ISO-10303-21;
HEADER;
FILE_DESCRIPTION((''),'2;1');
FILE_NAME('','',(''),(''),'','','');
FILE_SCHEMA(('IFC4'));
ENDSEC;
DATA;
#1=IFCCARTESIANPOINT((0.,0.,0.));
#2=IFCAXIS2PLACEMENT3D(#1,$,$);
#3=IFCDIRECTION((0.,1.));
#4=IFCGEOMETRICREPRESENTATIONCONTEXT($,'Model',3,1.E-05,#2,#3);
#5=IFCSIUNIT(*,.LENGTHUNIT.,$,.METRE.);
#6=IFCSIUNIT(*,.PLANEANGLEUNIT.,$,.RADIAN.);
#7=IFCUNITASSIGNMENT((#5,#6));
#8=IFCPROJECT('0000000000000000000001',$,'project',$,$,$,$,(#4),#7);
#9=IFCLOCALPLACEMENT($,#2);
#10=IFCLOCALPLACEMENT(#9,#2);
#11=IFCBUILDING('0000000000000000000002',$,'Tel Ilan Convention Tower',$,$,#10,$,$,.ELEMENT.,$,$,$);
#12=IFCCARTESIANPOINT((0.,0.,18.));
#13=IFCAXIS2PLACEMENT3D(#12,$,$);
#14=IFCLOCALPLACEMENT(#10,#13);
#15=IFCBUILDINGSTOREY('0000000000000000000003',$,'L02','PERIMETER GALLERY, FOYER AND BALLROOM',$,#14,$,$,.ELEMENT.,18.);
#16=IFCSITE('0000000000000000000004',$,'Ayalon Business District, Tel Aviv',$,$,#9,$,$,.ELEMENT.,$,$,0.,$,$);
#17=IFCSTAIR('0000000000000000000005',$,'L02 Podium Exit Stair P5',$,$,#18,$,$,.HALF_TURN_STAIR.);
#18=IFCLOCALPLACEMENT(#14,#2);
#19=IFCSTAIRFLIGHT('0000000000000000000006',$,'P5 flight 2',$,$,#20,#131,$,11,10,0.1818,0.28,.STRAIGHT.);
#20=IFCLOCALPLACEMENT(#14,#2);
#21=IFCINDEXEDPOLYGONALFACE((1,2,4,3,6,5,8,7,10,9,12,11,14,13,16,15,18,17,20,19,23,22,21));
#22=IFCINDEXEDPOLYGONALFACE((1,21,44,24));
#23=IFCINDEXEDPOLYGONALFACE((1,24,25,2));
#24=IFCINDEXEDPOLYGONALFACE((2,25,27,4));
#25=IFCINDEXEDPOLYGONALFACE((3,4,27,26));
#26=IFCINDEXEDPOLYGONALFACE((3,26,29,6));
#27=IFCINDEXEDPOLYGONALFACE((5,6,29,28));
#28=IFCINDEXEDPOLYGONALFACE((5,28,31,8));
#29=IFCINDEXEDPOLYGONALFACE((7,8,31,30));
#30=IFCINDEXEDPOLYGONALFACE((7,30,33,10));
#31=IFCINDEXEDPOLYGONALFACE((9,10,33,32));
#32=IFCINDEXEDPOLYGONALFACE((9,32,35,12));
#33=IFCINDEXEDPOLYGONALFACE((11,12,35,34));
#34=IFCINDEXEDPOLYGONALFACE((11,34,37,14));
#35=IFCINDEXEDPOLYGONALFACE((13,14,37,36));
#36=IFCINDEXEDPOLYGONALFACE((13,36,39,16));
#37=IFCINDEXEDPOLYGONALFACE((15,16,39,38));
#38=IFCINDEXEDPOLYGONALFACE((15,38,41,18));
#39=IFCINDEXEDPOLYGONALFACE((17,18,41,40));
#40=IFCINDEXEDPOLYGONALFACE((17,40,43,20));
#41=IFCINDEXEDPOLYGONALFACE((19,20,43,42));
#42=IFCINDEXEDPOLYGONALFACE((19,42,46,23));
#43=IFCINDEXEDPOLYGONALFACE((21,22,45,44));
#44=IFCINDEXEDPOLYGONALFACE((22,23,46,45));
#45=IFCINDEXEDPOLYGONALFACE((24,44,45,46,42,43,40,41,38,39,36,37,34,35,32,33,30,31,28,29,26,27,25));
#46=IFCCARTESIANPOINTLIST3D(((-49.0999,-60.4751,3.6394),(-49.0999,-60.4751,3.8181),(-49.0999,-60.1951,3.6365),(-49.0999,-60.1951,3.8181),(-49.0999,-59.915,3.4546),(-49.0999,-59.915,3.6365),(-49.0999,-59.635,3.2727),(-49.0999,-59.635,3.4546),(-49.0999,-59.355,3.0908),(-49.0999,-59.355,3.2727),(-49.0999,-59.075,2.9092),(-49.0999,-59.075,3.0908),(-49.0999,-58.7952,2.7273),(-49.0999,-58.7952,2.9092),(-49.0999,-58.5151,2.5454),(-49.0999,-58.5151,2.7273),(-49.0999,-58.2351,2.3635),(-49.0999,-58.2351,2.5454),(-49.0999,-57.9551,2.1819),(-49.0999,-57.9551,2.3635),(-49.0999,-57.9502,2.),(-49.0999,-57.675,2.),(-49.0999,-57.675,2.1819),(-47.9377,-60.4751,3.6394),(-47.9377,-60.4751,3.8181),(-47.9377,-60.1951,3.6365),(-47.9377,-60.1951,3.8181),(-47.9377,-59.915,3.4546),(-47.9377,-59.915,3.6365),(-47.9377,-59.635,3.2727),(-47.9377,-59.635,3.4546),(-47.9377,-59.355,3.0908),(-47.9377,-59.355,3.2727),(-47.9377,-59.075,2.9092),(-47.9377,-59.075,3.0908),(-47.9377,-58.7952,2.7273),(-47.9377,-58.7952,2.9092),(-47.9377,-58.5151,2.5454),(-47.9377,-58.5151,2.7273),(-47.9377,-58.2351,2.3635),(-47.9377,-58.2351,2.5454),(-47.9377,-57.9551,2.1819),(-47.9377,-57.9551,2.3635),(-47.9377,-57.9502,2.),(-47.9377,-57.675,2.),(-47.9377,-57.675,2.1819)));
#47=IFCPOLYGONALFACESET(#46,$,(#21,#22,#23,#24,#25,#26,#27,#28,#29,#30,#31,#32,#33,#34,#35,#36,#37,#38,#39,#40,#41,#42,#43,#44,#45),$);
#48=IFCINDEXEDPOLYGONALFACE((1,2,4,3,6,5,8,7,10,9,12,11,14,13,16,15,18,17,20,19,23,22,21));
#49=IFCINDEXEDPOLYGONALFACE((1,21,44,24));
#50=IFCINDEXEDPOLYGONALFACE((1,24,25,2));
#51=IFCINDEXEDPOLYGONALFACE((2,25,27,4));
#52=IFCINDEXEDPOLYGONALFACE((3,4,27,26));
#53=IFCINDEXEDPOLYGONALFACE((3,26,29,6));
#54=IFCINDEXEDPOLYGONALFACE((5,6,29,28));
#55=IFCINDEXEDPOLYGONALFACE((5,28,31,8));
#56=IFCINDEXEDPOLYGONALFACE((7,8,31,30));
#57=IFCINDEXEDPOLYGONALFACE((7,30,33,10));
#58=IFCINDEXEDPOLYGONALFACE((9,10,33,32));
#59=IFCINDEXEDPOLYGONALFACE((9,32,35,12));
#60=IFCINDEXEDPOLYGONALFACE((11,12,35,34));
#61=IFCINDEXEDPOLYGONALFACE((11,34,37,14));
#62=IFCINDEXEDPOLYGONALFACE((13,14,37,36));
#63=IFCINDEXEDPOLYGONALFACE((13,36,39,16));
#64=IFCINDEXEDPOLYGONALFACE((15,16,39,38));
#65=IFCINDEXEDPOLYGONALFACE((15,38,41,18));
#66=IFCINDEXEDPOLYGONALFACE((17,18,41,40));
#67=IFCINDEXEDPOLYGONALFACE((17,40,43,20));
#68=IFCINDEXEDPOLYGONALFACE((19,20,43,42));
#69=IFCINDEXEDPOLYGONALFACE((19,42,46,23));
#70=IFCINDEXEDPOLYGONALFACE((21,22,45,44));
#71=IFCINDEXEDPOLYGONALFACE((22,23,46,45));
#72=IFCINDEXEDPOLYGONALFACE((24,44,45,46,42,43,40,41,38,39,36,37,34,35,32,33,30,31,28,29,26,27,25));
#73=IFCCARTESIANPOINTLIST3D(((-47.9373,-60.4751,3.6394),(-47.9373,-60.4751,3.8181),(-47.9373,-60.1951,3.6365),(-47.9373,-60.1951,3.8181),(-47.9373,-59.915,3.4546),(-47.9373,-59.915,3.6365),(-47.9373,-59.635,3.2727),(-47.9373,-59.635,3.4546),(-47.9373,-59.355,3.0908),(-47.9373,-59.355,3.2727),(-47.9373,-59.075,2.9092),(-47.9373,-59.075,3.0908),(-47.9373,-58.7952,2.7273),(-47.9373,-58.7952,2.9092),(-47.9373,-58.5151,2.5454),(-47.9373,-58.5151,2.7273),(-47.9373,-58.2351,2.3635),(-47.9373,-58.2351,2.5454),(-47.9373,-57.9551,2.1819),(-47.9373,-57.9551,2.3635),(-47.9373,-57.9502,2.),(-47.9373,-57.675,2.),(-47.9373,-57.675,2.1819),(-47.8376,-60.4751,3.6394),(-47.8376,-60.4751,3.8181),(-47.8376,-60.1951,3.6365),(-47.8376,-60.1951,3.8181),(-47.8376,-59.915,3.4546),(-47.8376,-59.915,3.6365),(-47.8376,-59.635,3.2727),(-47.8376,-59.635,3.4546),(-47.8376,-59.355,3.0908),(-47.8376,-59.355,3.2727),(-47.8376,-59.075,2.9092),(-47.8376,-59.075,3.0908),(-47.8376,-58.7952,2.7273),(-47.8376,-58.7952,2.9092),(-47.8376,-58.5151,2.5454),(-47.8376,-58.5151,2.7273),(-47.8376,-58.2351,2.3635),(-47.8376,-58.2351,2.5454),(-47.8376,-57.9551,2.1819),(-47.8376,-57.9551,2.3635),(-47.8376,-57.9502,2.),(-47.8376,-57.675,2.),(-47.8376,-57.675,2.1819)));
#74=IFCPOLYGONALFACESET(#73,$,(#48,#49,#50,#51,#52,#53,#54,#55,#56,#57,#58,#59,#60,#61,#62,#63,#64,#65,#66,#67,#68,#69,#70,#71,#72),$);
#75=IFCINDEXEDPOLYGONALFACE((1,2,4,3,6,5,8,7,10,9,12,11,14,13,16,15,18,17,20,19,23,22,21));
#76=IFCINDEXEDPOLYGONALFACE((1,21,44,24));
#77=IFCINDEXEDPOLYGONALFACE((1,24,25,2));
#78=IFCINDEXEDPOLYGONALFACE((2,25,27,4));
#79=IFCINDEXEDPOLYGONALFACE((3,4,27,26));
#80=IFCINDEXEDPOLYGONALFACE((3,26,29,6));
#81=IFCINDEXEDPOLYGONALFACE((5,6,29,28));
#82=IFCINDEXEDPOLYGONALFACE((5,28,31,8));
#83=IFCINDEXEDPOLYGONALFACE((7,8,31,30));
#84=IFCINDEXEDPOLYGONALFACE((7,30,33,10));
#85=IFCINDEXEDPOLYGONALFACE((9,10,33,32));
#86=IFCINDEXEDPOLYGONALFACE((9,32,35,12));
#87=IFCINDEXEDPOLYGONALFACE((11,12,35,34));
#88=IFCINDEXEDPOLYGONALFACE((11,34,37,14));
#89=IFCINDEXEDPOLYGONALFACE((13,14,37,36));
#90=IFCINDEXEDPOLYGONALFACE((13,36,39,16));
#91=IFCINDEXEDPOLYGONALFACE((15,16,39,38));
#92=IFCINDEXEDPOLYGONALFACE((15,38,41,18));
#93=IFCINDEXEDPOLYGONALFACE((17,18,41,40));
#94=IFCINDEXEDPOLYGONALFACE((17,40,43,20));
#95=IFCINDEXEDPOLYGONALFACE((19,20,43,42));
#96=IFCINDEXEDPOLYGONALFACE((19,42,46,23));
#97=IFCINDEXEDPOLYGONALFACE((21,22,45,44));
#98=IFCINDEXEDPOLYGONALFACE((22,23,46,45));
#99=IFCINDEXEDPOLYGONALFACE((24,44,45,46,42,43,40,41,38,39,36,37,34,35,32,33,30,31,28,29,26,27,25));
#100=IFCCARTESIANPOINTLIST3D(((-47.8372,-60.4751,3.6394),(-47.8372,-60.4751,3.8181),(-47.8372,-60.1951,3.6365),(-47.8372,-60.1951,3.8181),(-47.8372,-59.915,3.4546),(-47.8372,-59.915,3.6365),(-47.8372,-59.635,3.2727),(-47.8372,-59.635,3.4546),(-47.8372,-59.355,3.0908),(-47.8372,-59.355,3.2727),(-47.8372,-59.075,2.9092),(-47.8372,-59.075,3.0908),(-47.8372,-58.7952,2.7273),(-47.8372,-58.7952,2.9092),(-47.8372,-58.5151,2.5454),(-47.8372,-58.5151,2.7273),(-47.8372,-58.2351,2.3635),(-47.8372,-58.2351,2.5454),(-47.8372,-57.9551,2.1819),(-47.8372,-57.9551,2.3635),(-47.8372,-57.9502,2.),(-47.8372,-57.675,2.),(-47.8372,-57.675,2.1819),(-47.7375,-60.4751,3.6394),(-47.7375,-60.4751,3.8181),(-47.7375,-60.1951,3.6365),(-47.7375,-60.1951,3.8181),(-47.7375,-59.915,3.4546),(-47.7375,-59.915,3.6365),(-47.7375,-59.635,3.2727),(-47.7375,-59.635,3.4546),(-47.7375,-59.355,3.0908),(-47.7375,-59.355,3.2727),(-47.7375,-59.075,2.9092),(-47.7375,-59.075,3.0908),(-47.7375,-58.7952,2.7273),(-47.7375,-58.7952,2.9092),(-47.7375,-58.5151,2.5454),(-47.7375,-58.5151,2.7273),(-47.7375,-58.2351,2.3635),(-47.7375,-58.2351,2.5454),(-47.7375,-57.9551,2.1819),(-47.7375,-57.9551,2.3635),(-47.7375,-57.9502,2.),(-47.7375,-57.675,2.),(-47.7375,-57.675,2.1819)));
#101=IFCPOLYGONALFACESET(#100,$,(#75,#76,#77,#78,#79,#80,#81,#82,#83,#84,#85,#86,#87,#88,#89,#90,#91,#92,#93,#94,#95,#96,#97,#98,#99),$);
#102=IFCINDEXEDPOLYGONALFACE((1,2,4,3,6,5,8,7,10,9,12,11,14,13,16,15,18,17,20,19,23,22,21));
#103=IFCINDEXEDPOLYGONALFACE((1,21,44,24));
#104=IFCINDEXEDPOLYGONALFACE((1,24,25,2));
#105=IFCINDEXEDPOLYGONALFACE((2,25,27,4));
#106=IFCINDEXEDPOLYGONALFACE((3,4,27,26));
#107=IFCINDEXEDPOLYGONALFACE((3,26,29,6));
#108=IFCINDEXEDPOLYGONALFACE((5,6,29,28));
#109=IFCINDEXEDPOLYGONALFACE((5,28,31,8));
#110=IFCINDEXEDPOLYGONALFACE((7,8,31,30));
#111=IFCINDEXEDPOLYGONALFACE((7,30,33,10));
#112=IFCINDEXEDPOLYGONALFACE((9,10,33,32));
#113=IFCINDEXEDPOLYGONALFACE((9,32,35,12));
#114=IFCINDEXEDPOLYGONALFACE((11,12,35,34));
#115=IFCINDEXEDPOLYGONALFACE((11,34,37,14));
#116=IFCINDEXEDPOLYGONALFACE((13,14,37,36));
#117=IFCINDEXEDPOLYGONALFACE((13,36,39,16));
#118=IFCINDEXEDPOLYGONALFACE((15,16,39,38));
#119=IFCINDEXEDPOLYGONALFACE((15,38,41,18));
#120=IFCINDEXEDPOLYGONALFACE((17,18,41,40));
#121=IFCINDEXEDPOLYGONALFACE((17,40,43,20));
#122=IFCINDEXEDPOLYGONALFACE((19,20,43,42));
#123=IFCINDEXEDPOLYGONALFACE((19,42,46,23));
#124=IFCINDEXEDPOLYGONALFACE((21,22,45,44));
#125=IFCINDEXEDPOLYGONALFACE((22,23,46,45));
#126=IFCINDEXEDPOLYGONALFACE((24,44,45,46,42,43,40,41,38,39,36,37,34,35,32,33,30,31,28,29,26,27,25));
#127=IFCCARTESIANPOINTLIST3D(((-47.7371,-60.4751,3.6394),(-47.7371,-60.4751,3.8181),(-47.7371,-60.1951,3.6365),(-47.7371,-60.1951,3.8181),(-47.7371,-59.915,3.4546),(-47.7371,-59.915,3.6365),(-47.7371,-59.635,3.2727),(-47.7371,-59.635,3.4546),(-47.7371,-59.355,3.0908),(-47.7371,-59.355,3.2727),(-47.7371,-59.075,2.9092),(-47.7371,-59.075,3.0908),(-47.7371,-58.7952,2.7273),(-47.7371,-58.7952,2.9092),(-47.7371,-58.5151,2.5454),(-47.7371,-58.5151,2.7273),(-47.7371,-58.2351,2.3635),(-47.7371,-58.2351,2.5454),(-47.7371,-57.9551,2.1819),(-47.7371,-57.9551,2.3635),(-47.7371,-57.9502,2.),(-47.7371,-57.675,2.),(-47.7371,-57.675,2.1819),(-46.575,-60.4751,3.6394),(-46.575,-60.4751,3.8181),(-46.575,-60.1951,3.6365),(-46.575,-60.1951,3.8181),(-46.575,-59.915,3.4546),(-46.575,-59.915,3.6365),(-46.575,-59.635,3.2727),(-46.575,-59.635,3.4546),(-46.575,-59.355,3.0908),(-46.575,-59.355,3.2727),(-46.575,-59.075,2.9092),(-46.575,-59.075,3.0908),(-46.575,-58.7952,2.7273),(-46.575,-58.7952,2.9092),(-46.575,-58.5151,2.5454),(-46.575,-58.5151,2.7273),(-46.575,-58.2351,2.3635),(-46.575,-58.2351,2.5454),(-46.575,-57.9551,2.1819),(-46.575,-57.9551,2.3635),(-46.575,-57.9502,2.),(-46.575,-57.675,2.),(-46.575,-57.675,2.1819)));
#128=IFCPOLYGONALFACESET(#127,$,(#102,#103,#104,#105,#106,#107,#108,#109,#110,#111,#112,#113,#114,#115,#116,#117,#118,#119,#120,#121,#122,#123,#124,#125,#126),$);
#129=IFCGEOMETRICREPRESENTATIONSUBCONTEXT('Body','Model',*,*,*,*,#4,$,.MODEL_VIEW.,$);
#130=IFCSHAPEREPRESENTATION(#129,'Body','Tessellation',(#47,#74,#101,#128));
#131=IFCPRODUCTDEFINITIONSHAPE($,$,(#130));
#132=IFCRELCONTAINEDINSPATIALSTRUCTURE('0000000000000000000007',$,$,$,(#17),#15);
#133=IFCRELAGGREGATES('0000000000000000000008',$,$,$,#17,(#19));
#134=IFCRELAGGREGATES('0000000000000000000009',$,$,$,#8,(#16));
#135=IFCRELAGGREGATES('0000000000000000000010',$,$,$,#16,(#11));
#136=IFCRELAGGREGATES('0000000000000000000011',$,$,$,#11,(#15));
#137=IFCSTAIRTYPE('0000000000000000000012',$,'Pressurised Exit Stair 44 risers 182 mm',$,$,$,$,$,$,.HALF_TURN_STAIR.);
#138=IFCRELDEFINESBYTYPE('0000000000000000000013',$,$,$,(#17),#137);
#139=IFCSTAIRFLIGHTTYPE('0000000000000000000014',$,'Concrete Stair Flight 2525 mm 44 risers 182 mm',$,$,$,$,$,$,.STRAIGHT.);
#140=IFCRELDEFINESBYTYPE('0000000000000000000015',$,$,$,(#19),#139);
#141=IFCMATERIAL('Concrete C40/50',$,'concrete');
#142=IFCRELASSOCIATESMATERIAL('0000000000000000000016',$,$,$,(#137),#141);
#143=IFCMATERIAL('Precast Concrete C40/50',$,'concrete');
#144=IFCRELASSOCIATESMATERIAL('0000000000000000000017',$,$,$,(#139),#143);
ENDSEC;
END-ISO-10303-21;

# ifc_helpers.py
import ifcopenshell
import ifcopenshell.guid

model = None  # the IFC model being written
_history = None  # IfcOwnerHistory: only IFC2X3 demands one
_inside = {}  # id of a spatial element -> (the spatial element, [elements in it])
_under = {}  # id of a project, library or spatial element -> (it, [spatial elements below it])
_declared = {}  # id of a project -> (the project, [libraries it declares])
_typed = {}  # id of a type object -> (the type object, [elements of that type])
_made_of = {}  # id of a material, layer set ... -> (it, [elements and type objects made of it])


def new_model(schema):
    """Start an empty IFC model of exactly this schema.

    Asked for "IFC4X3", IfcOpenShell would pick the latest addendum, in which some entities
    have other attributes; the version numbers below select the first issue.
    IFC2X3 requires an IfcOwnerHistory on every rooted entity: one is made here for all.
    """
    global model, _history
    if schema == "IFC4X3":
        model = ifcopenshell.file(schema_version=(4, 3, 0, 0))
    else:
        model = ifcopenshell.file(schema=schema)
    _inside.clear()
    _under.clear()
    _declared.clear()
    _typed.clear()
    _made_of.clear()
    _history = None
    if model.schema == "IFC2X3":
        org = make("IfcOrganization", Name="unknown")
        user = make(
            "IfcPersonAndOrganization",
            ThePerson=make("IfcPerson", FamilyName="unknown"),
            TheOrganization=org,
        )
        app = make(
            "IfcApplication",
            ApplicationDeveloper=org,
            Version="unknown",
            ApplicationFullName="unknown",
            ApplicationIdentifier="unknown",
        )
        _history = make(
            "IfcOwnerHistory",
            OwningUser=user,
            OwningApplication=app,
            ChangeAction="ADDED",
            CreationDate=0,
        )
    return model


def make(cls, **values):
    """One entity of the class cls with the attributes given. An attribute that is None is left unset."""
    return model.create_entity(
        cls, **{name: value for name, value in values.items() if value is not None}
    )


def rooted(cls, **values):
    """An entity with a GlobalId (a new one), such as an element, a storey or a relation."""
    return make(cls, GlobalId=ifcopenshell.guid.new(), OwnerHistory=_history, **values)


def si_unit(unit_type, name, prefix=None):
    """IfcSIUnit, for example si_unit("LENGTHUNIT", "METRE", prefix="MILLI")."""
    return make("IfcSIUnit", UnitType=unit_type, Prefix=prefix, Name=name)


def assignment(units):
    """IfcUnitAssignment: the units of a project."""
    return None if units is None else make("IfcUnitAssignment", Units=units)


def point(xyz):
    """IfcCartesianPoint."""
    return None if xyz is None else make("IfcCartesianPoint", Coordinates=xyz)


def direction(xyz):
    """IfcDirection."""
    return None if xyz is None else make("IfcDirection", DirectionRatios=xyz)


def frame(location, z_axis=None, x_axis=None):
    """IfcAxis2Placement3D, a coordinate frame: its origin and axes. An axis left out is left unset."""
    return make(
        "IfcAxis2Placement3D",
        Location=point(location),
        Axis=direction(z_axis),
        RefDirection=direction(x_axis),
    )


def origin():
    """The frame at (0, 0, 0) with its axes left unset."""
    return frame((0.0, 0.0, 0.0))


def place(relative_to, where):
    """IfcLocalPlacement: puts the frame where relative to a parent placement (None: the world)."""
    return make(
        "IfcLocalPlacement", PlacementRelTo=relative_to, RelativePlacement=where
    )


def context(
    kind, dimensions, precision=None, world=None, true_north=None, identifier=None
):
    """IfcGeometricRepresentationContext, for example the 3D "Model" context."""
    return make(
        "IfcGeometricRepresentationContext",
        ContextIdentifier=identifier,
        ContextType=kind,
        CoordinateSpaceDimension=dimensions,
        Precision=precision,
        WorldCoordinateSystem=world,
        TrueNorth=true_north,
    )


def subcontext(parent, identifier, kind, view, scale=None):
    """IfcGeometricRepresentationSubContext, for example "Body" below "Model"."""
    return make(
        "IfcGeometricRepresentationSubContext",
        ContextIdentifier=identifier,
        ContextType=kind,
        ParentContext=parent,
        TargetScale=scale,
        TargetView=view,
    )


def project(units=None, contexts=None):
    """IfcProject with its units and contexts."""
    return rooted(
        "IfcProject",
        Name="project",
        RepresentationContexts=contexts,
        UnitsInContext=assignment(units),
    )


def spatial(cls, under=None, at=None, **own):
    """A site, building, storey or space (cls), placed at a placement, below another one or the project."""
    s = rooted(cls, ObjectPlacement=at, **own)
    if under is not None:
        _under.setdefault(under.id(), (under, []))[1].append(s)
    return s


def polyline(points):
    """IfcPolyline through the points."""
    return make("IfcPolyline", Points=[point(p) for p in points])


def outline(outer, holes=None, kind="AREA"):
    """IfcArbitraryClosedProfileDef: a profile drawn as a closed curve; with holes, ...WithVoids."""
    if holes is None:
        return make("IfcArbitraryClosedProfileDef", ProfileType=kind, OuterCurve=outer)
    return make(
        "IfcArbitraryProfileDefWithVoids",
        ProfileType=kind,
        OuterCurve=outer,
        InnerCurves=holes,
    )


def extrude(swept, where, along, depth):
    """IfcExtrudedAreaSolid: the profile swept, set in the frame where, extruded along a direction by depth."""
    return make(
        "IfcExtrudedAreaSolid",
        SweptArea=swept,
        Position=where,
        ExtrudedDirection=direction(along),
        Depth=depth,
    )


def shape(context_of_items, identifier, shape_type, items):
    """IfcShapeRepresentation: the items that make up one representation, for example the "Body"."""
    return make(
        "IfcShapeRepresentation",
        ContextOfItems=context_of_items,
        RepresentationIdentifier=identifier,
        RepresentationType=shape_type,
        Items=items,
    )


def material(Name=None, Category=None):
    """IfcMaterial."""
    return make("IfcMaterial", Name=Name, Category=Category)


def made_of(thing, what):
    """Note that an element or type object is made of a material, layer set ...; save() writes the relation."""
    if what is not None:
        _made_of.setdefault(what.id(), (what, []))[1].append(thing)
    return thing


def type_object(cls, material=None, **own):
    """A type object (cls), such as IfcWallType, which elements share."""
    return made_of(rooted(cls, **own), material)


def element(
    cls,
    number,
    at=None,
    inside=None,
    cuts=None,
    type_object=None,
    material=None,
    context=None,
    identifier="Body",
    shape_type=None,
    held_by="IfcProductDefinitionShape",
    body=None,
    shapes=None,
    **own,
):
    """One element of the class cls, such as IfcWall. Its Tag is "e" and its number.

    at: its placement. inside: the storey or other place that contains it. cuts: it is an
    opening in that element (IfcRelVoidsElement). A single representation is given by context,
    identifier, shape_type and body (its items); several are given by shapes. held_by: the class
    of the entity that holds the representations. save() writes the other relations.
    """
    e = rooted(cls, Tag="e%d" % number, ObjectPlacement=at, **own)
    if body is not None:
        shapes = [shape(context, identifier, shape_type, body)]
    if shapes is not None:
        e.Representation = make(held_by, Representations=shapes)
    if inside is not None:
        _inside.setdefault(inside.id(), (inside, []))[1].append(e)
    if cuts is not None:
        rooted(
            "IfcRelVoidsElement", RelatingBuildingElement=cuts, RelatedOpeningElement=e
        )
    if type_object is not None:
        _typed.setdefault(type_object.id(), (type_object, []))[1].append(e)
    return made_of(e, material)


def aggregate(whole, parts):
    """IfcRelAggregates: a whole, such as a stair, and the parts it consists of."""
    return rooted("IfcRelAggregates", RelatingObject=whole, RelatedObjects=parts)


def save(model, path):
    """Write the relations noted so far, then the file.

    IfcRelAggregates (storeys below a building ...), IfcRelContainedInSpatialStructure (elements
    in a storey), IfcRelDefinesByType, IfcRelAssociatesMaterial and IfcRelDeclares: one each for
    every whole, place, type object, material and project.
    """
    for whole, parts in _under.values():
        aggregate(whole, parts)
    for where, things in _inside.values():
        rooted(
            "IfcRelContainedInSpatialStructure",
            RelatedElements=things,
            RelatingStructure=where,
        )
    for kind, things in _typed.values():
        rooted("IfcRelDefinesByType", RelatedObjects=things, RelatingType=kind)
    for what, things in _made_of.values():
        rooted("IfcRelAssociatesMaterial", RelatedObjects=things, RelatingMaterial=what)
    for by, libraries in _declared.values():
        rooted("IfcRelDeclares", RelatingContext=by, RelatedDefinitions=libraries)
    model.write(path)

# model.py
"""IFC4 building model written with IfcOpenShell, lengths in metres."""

from ifc_helpers import new_model, si_unit, direction, frame, origin, place, context, subcontext, project, spatial, polyline, outline, extrude, material, type_object, element, aggregate, save


model = new_model("IFC4")

# Units and contexts
model_context = context("Model", 3, precision=1e-05, world=origin(), true_north=direction((0.0, 1.0)))
body_context = subcontext(model_context, "Body", "Model", "MODEL_VIEW")
ifc_project = project(units=[si_unit("LENGTHUNIT", "METRE"), si_unit("PLANEANGLEUNIT", "RADIAN")], contexts=[model_context])

# Site, building, storey
site_placement = place(None, origin())
site = spatial("IfcSite", under=ifc_project, at=site_placement, Name="Ayalon Business District, Tel Aviv", CompositionType="ELEMENT", RefElevation=0.0)
building_placement = place(site_placement, origin())
building = spatial("IfcBuilding", under=site, at=building_placement, Name="Tel Ilan Convention Tower", CompositionType="ELEMENT")
storey_placement = place(building_placement, frame((0.0, 0.0, 18.0)))
storey = spatial("IfcBuildingStorey", under=building, at=storey_placement, Name="L02", Description="PERIMETER GALLERY, FOYER AND BALLROOM", CompositionType="ELEMENT", Elevation=18.0)

# Stair, stair flight
ifc_material_1 = material(Name="Concrete C40/50", Category="concrete")
stair_type = type_object("IfcStairType", Name="Pressurised Exit Stair 44 risers 182 mm", PredefinedType="HALF_TURN_STAIR", material=ifc_material_1)
stair_placement = place(storey_placement, origin())
stair = element("IfcStair", 1, at=stair_placement, inside=storey, type_object=stair_type, Name="L02 Podium Exit Stair P5", PredefinedType="HALF_TURN_STAIR")
ifc_material_2 = material(Name="Precast Concrete C40/50", Category="concrete")
stair_flight_type = type_object("IfcStairFlightType", Name="Concrete Stair Flight 2525 mm 44 risers 182 mm", PredefinedType="STRAIGHT", material=ifc_material_2)
stair_flight_1_placement = place(storey_placement, frame((-47.8374, -57.675, 2.0), z_axis=(0.0, 0.0, 1.0), x_axis=(0.0, -1.0, 0.0)))
stair_flight_1 = element("IfcStairFlight", 2, at=stair_flight_1_placement, type_object=stair_flight_type, Name="P5 flight 2", NumberOfRisers=11, NumberOfTreads=10, PredefinedType="STRAIGHT", RiserHeight=0.1818, TreadLength=0.28, context=body_context, shape_type="SweptSolid", body=[
    extrude(outline(polyline([(0.0, 0.0), (0.0, 0.1819), (0.28, 0.1819), (0.28, 0.3635), (0.5601, 0.3635), (0.5601, 0.5454), (0.8401, 0.5454), (0.8401, 0.7273), (1.1201, 0.7273), (1.1201, 0.9092), (1.3999, 0.9092), (1.3999, 1.0908), (1.6799, 1.0908), (1.6799, 1.2727), (1.96, 1.2727), (1.96, 1.4546), (2.24, 1.4546), (2.24, 1.6365), (2.52, 1.6365), (2.52, 1.8181), (2.8, 1.8181), (2.8, 2.0), (2.8, 1.6394), (0.2751, 0.0), (0.0, 0.0)])), frame((0.0, -0.1003, 0.0), z_axis=(0.0, -1.0, 0.0), x_axis=(1.0, 0.0, 0.0)), (0.0, 0.0, 1.0), 1.1621),
    extrude(outline(polyline([(0.0, 0.0), (0.0, 0.1819), (0.28, 0.1819), (0.28, 0.3635), (0.5601, 0.3635), (0.5601, 0.5454), (0.8401, 0.5454), (0.8401, 0.7273), (1.1201, 0.7273), (1.1201, 0.9092), (1.3999, 0.9092), (1.3999, 1.0908), (1.6799, 1.0908), (1.6799, 1.2727), (1.96, 1.2727), (1.96, 1.4546), (2.24, 1.4546), (2.24, 1.6365), (2.52, 1.6365), (2.52, 1.8181), (2.8, 1.8181), (2.8, 2.0), (2.8, 1.6394), (0.2751, 0.0), (0.0, 0.0)])), frame((0.0, -0.0002, 0.0), z_axis=(0.0, -1.0, 0.0), x_axis=(1.0, 0.0, 0.0)), (0.0, 0.0, 1.0), 0.0996),
    extrude(outline(polyline([(0.0, 0.0), (0.0, 0.1819), (0.28, 0.1819), (0.28, 0.3635), (0.5601, 0.3635), (0.5601, 0.5454), (0.8401, 0.5454), (0.8401, 0.7273), (1.1201, 0.7273), (1.1201, 0.9092), (1.3999, 0.9092), (1.3999, 1.0908), (1.6799, 1.0908), (1.6799, 1.2727), (1.96, 1.2727), (1.96, 1.4546), (2.24, 1.4546), (2.24, 1.6365), (2.52, 1.6365), (2.52, 1.8181), (2.8, 1.8181), (2.8, 2.0), (2.8, 1.6394), (0.2751, 0.0), (0.0, 0.0)])), frame((0.0, 0.0999, 0.0), z_axis=(0.0, -1.0, 0.0), x_axis=(1.0, 0.0, 0.0)), (0.0, 0.0, 1.0), 0.0996),
    extrude(outline(polyline([(0.0, 0.0), (0.0, 0.1819), (0.28, 0.1819), (0.28, 0.3635), (0.5601, 0.3635), (0.5601, 0.5454), (0.8401, 0.5454), (0.8401, 0.7273), (1.1201, 0.7273), (1.1201, 0.9092), (1.3999, 0.9092), (1.3999, 1.0908), (1.6799, 1.0908), (1.6799, 1.2727), (1.96, 1.2727), (1.96, 1.4546), (2.24, 1.4546), (2.24, 1.6365), (2.52, 1.6365), (2.52, 1.8181), (2.8, 1.8181), (2.8, 2.0), (2.8, 1.6394), (0.2751, 0.0), (0.0, 0.0)])), frame((0.0, 1.2625, 0.0), z_axis=(0.0, -1.0, 0.0), x_axis=(1.0, 0.0, 0.0)), (0.0, 0.0, 1.0), 1.1621),
])
aggregate(stair, [stair_flight_1])

save(model, "model.ifc")
